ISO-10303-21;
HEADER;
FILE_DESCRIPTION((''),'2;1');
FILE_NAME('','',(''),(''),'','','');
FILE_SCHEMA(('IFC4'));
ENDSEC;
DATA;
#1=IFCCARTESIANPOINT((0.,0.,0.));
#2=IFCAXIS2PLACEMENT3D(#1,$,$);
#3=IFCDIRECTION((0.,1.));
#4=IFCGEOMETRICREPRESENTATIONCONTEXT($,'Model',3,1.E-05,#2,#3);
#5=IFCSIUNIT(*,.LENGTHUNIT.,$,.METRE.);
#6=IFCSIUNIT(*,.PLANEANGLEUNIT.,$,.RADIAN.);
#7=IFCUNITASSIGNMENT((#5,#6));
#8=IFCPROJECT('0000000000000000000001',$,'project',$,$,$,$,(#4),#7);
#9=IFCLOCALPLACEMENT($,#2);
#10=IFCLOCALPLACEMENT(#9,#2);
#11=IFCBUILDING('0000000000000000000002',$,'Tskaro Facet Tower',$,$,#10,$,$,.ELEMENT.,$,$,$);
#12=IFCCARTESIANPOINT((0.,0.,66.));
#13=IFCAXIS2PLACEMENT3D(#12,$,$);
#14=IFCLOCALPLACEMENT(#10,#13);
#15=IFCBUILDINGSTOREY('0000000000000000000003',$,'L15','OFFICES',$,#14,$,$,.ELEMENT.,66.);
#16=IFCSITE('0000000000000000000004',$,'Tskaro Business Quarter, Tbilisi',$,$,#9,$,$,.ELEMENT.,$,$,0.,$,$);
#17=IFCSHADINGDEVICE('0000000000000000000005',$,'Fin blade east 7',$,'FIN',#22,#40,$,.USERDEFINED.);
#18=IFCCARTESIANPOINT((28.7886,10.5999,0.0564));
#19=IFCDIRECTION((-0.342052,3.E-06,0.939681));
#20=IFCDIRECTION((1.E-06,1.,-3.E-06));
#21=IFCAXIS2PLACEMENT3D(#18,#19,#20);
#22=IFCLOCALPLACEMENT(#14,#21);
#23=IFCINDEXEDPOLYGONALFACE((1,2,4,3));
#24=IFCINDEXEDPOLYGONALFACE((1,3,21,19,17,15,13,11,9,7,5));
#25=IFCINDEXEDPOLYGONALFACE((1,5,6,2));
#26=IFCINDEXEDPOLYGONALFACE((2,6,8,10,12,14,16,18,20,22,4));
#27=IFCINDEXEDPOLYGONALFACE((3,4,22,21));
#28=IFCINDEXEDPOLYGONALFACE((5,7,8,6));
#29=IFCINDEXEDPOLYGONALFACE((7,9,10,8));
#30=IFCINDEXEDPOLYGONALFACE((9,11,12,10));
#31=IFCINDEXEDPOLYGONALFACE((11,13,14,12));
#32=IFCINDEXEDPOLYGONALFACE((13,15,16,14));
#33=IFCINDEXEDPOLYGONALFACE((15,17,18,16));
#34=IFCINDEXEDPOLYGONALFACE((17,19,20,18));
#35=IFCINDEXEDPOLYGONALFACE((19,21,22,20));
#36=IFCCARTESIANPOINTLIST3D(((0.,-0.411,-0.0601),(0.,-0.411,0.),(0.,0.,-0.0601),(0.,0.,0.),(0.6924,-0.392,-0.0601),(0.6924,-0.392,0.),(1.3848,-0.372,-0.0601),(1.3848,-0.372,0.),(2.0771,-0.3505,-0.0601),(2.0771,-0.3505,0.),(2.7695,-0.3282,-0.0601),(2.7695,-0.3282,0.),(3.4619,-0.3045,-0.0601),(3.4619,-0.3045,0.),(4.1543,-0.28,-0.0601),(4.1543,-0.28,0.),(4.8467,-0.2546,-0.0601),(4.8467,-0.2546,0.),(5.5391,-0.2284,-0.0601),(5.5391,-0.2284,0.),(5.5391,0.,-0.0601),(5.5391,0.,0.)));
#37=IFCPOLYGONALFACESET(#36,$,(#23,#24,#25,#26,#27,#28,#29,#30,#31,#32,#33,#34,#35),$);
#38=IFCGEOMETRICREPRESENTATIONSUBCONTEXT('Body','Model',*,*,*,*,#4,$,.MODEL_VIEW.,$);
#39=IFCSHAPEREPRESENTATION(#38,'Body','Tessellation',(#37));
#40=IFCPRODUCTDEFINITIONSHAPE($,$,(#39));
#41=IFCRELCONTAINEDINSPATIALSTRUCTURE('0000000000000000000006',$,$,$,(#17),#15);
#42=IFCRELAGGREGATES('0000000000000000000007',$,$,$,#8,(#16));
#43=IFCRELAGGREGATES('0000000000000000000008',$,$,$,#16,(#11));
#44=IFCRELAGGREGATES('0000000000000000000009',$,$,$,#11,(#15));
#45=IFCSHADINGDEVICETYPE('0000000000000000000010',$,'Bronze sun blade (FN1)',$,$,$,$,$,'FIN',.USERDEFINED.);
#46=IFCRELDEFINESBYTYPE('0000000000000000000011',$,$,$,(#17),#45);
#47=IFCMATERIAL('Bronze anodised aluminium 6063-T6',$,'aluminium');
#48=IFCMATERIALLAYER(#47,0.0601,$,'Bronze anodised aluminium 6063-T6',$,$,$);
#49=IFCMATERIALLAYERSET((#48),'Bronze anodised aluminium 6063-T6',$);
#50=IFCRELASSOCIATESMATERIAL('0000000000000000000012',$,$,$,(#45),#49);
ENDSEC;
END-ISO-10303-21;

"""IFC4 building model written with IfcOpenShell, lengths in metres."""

from ifc_helpers import new_model, si_unit, direction, frame, origin, place, context, subcontext, project, spatial, polyline, outline, extrude, material, layer, layer_set, type_object, element, save


model = new_model("IFC4")

# Units and contexts
model_context = context("Model", 3, precision=1e-05, world=origin(), true_north=direction((0.0, 1.0)))
body_context = subcontext(model_context, "Body", "Model", "MODEL_VIEW")
ifc_project = project(units=[si_unit("LENGTHUNIT", "METRE"), si_unit("PLANEANGLEUNIT", "RADIAN")], contexts=[model_context])

# Site, building, storey
site_placement = place(None, origin())
site = spatial("IfcSite", under=ifc_project, at=site_placement, Name="Tskaro Business Quarter, Tbilisi", CompositionType="ELEMENT", RefElevation=0.0)
building_placement = place(site_placement, origin())
building = spatial("IfcBuilding", under=site, at=building_placement, Name="Tskaro Facet Tower", CompositionType="ELEMENT")
storey_placement = place(building_placement, frame((0.0, 0.0, 66.0)))
storey = spatial("IfcBuildingStorey", under=building, at=storey_placement, Name="L15", Description="OFFICES", CompositionType="ELEMENT", Elevation=66.0)

# Shared definitions
ifc_material_1 = material(Name="Bronze anodised aluminium 6063-T6", Category="aluminium")

# Shading device
ifc_layer_1 = layer(ifc_material_1, 0.0601, Name="Bronze anodised aluminium 6063-T6")
ifc_layer_set_1 = layer_set([ifc_layer_1], Name="Bronze anodised aluminium 6063-T6")
shading_device_type = type_object("IfcShadingDeviceType", Name="Bronze sun blade (FN1)", ElementType="FIN", PredefinedType="USERDEFINED", material=ifc_layer_set_1)
shading_device_1_placement = place(storey_placement, frame((28.7886, 10.5999, 0.0564), z_axis=(-0.342052, 0.000003, 0.939681), x_axis=(0.000001, 1.0, -0.000003)))
element("IfcShadingDevice", 1, at=shading_device_1_placement, inside=storey, type_object=shading_device_type, Name="Fin blade east 7", ObjectType="FIN", PredefinedType="USERDEFINED", context=body_context, shape_type="SweptSolid", body=[
    extrude(outline(polyline([(0.0, 0.0), (5.5391, 0.0), (5.5391, -0.2284), (4.8467, -0.2546), (4.1543, -0.28), (3.4619, -0.3045), (2.7695, -0.3282), (2.0771, -0.3505), (1.3848, -0.372), (0.6924, -0.392), (0.0, -0.411), (0.0, 0.0)])), origin(), (0.0, 0.0, -1.0), 0.0601),
])

save(model, "model.ifc")
